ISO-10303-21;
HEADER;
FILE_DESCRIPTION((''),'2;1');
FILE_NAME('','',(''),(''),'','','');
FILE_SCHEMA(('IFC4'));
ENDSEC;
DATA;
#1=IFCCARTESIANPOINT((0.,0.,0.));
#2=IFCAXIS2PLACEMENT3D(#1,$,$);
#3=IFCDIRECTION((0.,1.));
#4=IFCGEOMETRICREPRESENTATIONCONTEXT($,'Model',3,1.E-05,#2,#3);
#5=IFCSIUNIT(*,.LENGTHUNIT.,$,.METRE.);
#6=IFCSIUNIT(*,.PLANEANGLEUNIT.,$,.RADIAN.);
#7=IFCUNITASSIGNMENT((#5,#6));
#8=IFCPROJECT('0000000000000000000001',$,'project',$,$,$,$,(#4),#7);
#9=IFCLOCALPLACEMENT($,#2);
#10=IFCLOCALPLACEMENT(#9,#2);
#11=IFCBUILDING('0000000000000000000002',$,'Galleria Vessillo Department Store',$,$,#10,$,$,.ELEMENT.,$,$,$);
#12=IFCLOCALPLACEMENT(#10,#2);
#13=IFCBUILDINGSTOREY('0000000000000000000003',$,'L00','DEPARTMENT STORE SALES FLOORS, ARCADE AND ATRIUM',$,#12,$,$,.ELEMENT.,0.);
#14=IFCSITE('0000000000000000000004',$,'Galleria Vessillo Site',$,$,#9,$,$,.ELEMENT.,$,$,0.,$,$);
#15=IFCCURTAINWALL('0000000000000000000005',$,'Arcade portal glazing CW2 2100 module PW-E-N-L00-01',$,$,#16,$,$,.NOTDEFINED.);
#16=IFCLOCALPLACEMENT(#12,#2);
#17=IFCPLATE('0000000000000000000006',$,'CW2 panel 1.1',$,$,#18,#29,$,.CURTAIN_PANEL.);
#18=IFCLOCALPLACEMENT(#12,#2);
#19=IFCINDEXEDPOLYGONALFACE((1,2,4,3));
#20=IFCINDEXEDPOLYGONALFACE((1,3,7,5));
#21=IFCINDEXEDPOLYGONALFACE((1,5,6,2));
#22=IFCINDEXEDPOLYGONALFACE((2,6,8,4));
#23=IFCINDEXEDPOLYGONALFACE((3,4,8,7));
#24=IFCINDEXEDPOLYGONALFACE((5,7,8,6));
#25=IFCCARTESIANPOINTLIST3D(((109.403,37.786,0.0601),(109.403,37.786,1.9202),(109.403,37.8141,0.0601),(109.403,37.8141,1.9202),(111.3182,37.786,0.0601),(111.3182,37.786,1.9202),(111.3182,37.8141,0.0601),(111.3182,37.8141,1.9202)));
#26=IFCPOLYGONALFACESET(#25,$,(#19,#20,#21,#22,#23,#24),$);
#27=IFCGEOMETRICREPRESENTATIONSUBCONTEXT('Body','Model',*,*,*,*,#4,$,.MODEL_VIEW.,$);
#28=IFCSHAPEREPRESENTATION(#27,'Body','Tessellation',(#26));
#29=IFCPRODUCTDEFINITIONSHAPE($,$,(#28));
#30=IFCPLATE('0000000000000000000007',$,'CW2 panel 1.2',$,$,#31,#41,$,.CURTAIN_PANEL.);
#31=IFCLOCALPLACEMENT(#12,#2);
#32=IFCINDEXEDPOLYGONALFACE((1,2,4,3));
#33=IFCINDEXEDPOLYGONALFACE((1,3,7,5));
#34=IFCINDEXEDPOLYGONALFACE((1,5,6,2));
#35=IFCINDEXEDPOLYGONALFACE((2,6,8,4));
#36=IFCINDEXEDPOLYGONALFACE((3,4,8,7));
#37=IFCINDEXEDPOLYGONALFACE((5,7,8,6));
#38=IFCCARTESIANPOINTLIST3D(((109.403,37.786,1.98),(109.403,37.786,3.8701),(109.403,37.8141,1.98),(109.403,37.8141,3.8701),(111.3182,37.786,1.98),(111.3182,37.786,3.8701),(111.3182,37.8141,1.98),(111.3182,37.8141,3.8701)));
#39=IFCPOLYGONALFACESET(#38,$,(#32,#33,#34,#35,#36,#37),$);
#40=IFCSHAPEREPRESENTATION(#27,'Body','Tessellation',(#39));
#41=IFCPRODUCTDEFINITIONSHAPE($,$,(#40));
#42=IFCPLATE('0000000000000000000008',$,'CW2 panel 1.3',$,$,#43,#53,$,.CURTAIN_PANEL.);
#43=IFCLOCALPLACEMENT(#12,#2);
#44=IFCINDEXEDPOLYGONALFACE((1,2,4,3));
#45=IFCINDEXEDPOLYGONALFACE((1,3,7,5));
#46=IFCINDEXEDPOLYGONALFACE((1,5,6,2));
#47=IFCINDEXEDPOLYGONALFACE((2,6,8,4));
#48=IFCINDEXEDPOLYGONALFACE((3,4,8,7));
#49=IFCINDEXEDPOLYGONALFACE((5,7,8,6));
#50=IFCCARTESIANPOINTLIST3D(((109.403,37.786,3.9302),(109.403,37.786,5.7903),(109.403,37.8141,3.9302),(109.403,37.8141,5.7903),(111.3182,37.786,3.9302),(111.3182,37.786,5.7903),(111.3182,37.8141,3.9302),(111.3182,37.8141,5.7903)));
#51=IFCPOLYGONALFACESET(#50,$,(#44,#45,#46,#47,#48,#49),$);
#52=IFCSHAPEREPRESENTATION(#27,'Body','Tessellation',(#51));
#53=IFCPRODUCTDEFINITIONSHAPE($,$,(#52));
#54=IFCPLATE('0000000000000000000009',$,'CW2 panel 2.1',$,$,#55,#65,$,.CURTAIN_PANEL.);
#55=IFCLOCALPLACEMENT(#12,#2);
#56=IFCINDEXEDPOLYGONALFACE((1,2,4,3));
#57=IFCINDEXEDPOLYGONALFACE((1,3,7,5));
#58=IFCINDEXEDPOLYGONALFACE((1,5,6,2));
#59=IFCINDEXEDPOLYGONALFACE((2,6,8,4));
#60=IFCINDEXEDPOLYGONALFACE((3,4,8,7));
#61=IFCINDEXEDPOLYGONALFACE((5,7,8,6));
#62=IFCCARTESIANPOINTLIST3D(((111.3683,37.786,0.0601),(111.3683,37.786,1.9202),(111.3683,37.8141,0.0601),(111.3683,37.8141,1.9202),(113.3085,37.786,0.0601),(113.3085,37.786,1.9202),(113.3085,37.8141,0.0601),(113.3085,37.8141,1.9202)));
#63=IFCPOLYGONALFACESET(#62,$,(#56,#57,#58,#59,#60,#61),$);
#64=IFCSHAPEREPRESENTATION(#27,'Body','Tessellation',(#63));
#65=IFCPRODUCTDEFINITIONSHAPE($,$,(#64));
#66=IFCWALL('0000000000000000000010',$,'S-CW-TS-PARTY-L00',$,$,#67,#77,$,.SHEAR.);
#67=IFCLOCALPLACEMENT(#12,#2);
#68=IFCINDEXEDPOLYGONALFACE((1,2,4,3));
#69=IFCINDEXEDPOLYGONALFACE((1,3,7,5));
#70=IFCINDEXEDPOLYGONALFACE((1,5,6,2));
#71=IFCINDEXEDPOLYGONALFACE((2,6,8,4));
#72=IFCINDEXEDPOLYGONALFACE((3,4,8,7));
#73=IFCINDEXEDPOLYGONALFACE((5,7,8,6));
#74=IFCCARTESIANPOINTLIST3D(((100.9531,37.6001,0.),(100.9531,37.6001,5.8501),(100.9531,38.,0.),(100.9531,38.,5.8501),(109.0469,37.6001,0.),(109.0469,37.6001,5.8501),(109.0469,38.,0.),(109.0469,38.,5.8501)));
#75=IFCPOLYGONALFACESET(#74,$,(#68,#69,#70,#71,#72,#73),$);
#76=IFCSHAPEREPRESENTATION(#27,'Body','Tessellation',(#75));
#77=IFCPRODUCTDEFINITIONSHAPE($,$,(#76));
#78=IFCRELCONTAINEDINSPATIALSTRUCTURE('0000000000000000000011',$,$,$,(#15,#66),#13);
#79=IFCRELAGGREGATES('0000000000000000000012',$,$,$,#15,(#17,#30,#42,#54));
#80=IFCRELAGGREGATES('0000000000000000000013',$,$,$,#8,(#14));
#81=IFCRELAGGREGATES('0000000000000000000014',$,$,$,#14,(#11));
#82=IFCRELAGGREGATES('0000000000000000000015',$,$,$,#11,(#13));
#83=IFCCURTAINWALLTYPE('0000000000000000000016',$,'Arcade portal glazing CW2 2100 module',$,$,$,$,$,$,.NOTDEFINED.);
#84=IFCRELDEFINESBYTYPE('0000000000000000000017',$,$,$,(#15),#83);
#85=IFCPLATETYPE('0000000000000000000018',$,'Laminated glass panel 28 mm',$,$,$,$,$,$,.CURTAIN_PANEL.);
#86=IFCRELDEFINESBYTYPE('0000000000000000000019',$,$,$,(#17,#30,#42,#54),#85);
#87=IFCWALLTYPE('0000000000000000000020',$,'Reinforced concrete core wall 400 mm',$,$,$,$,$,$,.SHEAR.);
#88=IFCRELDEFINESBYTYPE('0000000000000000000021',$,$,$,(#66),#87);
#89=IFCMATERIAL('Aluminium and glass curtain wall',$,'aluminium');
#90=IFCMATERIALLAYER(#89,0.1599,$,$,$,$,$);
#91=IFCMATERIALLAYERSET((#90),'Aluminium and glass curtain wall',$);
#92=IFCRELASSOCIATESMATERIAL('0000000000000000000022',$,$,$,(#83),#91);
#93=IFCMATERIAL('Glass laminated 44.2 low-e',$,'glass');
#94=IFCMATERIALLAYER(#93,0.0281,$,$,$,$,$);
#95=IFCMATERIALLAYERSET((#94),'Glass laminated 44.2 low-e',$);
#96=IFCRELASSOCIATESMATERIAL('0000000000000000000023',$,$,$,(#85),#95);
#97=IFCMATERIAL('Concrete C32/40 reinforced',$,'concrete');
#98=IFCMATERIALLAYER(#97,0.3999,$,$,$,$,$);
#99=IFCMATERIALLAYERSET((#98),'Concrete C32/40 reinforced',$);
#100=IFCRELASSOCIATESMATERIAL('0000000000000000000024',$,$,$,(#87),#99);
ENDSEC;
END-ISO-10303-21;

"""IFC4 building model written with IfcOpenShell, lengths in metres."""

from ifc_helpers import new_model, si_unit, direction, frame, frame_2d, origin, origin_2d, place, context, subcontext, project, spatial, rectangle, extrude, material, layer, layer_set, type_object, element, aggregate, save


model = new_model("IFC4")

# Units and contexts
model_context = context("Model", 3, precision=1e-05, world=origin(), true_north=direction((0.0, 1.0)))
body_context = subcontext(model_context, "Body", "Model", "MODEL_VIEW")
ifc_project = project(units=[si_unit("LENGTHUNIT", "METRE"), si_unit("PLANEANGLEUNIT", "RADIAN")], contexts=[model_context])

# Site, building, storey
site_placement = place(None, origin())
site = spatial("IfcSite", under=ifc_project, at=site_placement, Name="Galleria Vessillo Site", CompositionType="ELEMENT", RefElevation=0.0)
building_placement = place(site_placement, origin())
building = spatial("IfcBuilding", under=site, at=building_placement, Name="Galleria Vessillo Department Store", CompositionType="ELEMENT")
storey_placement = place(building_placement, origin())
storey = spatial("IfcBuildingStorey", under=building, at=storey_placement, Name="L00", Description="DEPARTMENT STORE SALES FLOORS, ARCADE AND ATRIUM", CompositionType="ELEMENT", Elevation=0.0)

# Curtain wall
ifc_material_1 = material(Name="Aluminium and glass curtain wall", Category="aluminium")
ifc_layer_1 = layer(ifc_material_1, 0.1599)
ifc_layer_set_1 = layer_set([ifc_layer_1], Name="Aluminium and glass curtain wall")
curtain_wall_type = type_object("IfcCurtainWallType", Name="Arcade portal glazing CW2 2100 module", PredefinedType="NOTDEFINED", material=ifc_layer_set_1)
curtain_wall_placement = place(storey_placement, origin())
curtain_wall = element("IfcCurtainWall", 1, at=curtain_wall_placement, inside=storey, type_object=curtain_wall_type, Name="Arcade portal glazing CW2 2100 module PW-E-N-L00-01", PredefinedType="NOTDEFINED")

# Plates
ifc_material_2 = material(Name="Glass laminated 44.2 low-e", Category="glass")
ifc_layer_2 = layer(ifc_material_2, 0.0281)
ifc_layer_set_2 = layer_set([ifc_layer_2], Name="Glass laminated 44.2 low-e")
plate_type = type_object("IfcPlateType", Name="Laminated glass panel 28 mm", PredefinedType="CURTAIN_PANEL", material=ifc_layer_set_2)
plate_1_placement = place(storey_placement, frame((110.3606, 37.8, 0.0601), z_axis=(0.0, 0.0, 1.0), x_axis=(1.0, 0.0, 0.0)))
plate_1 = element("IfcPlate", 2, at=plate_1_placement, type_object=plate_type, Name="CW2 panel 1.1", PredefinedType="CURTAIN_PANEL", context=body_context, shape_type="SweptSolid", body=[
    extrude(rectangle(XDim=1.9153, YDim=0.0281, at=origin_2d()), origin(), (0.0, 0.0, 1.0), 1.8601),
])
plate_2_placement = place(storey_placement, frame((110.3606, 37.8, 1.98), z_axis=(0.0, 0.0, 1.0), x_axis=(1.0, 0.0, 0.0)))
plate_2 = element("IfcPlate", 3, at=plate_2_placement, type_object=plate_type, Name="CW2 panel 1.2", PredefinedType="CURTAIN_PANEL", context=body_context, shape_type="SweptSolid", body=[
    extrude(rectangle(XDim=1.9153, YDim=0.0281, at=origin_2d()), origin(), (0.0, 0.0, 1.0), 1.8901),
])
plate_3_placement = place(storey_placement, frame((110.3606, 37.8, 3.9302), z_axis=(0.0, 0.0, 1.0), x_axis=(1.0, 0.0, 0.0)))
plate_3 = element("IfcPlate", 4, at=plate_3_placement, type_object=plate_type, Name="CW2 panel 1.3", PredefinedType="CURTAIN_PANEL", context=body_context, shape_type="SweptSolid", body=[
    extrude(rectangle(XDim=1.9153, YDim=0.0281, at=origin_2d()), origin(), (0.0, 0.0, 1.0), 1.8601),
])
plate_4_placement = place(storey_placement, frame((112.3384, 37.8, 0.0601), z_axis=(0.0, 0.0, 1.0), x_axis=(1.0, 0.0, 0.0)))
plate_4 = element("IfcPlate", 5, at=plate_4_placement, type_object=plate_type, Name="CW2 panel 2.1", PredefinedType="CURTAIN_PANEL", context=body_context, shape_type="SweptSolid", body=[
    extrude(rectangle(XDim=1.9402, YDim=0.0281, at=origin_2d()), origin(), (0.0, 0.0, 1.0), 1.8601),
])
aggregate(curtain_wall, [plate_1, plate_2, plate_3, plate_4])

# Wall
ifc_material_3 = material(Name="Concrete C32/40 reinforced", Category="concrete")
ifc_layer_3 = layer(ifc_material_3, 0.3999)
ifc_layer_set_3 = layer_set([ifc_layer_3], Name="Concrete C32/40 reinforced")
wall_type = type_object("IfcWallType", Name="Reinforced concrete core wall 400 mm", PredefinedType="SHEAR", material=ifc_layer_set_3)
wall_placement = place(storey_placement, frame((100.9531, 37.8, 0.0), z_axis=(0.0, 0.0, 1.0), x_axis=(1.0, 0.0, 0.0)))
element("IfcWall", 6, at=wall_placement, inside=storey, type_object=wall_type, Name="S-CW-TS-PARTY-L00", PredefinedType="SHEAR", context=body_context, shape_type="SweptSolid", body=[
    extrude(rectangle(XDim=8.0938, YDim=0.3999, at=frame_2d((4.0469, 0.0))), origin(), (0.0, 0.0, 1.0), 5.8501),
])

save(model, "model.ifc")
